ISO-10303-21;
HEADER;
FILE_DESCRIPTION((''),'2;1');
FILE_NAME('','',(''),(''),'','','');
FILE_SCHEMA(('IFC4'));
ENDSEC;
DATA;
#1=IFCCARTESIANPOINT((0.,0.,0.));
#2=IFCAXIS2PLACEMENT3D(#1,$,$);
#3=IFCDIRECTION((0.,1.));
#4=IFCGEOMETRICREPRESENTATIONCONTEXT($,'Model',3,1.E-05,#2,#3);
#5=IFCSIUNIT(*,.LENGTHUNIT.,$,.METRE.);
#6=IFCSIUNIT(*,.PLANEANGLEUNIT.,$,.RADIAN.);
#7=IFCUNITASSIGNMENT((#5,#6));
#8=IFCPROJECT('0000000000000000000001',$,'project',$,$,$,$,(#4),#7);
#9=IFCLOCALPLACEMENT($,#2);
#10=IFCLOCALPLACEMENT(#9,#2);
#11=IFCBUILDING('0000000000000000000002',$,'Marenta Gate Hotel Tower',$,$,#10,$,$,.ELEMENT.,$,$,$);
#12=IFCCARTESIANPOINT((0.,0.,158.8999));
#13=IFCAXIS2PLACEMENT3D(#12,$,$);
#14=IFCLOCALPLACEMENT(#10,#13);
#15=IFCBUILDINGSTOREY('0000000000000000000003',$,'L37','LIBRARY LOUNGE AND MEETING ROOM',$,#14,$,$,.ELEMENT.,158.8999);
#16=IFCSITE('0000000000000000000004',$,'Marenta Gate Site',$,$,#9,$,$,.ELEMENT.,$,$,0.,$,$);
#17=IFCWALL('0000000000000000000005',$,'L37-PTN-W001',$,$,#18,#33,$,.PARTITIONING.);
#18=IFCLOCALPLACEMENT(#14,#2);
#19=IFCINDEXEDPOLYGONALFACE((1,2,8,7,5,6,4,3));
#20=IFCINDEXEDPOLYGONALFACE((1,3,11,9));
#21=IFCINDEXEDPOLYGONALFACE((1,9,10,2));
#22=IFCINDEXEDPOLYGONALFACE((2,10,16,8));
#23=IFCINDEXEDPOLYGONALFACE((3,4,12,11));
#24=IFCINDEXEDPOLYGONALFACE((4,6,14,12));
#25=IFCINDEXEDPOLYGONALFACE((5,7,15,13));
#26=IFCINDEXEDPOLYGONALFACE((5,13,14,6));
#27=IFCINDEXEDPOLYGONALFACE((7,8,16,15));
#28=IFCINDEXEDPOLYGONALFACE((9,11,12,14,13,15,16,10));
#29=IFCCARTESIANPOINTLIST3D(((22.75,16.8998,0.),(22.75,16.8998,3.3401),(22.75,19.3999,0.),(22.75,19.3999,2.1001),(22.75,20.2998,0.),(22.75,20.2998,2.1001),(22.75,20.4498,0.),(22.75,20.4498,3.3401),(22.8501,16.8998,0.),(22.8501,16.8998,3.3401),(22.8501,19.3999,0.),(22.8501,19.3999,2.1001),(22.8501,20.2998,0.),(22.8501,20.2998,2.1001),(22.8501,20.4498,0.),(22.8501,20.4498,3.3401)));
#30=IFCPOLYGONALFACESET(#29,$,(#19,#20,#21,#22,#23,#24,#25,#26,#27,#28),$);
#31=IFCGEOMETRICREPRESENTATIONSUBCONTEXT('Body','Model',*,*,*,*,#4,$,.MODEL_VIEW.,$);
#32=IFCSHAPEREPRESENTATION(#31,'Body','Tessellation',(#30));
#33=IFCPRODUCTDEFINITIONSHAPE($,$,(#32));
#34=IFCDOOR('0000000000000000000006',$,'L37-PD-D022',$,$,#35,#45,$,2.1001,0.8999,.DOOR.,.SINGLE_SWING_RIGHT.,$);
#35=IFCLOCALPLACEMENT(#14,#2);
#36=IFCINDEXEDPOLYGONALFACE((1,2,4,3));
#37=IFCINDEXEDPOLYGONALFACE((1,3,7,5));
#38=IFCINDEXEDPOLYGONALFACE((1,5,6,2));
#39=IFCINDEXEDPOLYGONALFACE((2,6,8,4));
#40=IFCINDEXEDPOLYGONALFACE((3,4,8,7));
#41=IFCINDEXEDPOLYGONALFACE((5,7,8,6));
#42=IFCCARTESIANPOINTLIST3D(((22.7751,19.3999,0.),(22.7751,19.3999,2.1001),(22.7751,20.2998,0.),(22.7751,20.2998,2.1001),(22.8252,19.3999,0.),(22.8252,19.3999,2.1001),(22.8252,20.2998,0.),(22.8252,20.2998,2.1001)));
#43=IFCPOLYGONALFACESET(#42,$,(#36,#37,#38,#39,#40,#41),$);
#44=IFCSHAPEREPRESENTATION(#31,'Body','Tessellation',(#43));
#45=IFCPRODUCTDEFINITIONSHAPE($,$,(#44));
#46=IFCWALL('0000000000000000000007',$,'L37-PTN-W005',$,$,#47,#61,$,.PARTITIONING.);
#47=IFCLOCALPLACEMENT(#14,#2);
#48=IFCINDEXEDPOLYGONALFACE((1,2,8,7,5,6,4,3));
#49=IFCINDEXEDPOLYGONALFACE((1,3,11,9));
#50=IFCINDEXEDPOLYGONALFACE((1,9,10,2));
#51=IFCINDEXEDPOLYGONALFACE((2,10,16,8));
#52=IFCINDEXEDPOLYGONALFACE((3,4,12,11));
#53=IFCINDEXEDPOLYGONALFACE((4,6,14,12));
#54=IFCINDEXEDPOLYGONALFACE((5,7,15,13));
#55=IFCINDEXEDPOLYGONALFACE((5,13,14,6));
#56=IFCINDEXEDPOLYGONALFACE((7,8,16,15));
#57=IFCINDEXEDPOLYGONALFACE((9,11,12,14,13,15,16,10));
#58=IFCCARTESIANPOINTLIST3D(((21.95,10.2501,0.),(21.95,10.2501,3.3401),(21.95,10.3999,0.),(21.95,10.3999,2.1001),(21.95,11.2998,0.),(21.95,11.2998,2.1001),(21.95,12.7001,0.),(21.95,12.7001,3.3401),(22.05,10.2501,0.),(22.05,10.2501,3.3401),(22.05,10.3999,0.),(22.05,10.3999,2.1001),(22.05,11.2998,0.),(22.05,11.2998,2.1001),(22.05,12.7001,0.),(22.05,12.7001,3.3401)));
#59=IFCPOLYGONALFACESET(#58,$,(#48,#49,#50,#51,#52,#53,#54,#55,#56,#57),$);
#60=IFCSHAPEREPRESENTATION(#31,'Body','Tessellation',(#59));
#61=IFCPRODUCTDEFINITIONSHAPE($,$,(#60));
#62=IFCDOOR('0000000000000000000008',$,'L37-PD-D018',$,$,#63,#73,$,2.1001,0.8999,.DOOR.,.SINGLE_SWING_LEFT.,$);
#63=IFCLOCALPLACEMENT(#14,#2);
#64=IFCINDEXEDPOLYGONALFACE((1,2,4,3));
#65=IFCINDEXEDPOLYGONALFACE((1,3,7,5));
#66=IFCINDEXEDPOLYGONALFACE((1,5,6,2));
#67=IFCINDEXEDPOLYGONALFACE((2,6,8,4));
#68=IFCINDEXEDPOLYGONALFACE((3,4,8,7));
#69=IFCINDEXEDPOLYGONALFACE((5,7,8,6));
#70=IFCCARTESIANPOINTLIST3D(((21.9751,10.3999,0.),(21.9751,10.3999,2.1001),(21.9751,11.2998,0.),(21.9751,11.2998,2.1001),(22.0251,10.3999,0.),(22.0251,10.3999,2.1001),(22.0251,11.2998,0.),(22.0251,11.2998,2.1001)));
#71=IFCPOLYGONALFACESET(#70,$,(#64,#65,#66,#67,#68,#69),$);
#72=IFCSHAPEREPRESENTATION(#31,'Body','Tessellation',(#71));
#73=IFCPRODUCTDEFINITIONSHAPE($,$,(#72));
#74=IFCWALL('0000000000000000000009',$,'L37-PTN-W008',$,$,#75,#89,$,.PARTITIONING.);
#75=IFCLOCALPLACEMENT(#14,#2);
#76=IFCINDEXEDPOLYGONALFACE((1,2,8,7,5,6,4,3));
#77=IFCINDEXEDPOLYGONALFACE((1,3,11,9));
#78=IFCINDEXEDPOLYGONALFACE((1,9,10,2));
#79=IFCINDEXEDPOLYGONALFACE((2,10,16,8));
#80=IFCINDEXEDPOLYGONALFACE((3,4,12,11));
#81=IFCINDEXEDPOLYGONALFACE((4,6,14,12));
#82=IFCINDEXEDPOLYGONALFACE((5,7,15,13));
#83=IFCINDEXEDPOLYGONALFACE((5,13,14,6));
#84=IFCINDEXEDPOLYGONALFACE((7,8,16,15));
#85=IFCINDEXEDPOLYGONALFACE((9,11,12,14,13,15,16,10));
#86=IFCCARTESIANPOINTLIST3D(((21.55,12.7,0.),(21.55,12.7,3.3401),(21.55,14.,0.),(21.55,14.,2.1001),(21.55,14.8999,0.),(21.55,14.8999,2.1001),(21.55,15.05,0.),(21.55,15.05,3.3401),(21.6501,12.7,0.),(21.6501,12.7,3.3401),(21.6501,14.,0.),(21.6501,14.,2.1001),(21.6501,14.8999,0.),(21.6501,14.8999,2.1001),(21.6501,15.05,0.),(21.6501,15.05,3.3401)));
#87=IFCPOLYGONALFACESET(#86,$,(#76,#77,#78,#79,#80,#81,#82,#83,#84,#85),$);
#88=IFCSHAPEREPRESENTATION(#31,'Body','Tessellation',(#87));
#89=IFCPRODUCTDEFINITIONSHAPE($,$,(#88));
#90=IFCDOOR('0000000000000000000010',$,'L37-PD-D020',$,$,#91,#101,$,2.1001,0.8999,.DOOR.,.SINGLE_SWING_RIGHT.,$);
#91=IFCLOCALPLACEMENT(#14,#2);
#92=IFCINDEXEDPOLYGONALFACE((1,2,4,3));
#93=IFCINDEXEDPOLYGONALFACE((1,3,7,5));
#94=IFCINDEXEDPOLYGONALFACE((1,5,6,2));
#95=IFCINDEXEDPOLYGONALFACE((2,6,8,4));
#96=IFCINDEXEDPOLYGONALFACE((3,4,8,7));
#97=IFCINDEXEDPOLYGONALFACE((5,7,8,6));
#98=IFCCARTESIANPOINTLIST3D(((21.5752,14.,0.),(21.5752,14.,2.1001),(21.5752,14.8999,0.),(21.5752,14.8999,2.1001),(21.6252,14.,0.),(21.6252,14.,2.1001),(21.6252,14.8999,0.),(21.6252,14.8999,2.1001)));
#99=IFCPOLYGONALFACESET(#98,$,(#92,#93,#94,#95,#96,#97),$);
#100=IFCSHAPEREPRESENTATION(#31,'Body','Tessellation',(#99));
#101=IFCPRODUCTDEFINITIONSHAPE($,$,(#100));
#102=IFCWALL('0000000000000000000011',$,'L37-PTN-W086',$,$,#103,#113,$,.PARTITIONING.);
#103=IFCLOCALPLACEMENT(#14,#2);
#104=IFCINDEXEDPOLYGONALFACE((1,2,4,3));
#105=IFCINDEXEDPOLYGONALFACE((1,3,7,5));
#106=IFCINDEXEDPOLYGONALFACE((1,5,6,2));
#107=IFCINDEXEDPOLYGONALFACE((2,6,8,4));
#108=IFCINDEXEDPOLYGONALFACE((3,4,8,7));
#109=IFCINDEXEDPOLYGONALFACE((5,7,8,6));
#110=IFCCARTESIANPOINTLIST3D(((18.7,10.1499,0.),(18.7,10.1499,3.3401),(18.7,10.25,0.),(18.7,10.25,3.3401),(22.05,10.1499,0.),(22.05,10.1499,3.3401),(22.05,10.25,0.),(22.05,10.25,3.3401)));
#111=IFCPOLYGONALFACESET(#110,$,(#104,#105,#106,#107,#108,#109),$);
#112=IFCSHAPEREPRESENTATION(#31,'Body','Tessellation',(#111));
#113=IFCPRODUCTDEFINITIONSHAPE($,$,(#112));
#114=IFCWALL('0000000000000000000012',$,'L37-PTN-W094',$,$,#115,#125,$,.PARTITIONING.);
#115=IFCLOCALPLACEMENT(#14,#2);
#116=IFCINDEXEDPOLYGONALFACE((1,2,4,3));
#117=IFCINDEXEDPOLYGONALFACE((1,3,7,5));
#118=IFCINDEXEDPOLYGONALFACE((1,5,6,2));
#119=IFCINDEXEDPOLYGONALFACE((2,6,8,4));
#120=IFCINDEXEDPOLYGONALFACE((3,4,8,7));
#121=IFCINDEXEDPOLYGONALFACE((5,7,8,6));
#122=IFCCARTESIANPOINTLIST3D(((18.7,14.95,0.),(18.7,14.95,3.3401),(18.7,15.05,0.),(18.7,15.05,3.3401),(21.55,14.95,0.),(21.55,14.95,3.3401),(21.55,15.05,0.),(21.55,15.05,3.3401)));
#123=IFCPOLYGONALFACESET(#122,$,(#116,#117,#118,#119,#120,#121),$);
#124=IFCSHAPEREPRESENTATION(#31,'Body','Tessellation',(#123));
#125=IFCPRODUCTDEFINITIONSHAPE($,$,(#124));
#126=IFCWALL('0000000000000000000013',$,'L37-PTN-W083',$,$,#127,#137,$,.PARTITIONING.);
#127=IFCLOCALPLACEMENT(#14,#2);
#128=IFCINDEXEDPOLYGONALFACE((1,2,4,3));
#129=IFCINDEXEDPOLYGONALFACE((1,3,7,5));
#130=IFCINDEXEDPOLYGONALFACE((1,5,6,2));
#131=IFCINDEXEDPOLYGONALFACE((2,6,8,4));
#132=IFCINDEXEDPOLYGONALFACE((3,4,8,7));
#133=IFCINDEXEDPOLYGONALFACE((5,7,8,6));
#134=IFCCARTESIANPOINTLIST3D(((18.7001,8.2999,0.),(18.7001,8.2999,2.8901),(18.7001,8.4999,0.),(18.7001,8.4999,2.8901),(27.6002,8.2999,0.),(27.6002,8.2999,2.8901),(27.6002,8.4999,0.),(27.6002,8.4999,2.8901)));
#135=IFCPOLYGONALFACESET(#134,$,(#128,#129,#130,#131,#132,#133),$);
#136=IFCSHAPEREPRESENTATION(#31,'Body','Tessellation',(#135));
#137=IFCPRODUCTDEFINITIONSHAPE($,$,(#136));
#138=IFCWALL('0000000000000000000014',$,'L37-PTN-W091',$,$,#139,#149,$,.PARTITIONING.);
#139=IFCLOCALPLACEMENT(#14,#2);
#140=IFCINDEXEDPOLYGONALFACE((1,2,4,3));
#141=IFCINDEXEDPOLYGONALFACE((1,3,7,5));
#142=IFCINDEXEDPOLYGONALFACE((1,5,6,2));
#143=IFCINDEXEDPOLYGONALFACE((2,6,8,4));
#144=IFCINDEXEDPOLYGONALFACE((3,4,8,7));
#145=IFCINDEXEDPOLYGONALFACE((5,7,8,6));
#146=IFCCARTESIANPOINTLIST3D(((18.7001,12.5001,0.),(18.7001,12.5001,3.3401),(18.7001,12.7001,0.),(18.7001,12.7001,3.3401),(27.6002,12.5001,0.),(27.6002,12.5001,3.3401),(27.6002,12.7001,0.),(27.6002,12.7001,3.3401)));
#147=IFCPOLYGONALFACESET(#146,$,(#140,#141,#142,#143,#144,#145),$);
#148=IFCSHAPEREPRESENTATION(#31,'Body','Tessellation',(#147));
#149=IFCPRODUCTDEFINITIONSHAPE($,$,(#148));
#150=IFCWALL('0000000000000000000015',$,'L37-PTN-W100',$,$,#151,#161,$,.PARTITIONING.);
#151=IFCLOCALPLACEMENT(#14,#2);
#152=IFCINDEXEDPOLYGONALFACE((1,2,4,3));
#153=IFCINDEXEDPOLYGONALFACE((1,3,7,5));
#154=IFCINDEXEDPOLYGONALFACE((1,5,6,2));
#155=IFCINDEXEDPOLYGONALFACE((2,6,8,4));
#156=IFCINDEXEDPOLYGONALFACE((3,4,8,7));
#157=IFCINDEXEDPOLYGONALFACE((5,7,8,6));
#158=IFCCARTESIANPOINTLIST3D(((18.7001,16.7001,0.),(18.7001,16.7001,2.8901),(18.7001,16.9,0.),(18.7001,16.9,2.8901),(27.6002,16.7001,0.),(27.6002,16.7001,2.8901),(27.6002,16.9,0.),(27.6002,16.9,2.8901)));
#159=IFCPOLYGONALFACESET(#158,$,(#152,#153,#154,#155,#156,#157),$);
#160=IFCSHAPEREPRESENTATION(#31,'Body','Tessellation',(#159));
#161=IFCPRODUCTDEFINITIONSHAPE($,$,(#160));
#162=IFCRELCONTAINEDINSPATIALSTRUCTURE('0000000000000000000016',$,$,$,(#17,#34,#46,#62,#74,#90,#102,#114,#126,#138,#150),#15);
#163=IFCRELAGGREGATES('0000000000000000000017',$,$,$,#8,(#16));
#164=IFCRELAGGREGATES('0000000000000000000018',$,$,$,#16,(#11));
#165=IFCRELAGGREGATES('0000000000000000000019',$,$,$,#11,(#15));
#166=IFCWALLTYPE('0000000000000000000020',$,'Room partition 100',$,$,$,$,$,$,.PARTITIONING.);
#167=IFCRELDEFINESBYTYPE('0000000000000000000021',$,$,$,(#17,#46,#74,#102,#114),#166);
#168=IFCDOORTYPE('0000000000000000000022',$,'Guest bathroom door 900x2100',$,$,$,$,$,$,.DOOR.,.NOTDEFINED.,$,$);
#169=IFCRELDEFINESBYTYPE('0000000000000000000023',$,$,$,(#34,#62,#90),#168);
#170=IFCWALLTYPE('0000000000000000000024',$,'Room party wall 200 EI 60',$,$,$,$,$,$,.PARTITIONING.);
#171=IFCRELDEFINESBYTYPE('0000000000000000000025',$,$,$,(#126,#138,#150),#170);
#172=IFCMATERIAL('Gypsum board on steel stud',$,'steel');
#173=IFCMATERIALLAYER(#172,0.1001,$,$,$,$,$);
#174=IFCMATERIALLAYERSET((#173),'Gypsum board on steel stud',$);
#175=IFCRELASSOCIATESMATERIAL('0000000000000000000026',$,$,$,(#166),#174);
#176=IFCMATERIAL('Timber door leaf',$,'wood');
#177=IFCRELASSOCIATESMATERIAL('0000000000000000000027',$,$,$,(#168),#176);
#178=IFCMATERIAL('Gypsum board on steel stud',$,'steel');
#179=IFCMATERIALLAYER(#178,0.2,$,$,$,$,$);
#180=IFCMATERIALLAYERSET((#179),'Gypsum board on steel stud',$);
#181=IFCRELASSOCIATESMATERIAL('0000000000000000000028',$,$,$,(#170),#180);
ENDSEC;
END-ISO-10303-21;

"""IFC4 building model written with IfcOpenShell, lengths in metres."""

from ifc_helpers import new_model, si_unit, direction, frame, frame_2d, origin, place, context, subcontext, project, spatial, rectangle, extrude, material, layer, layer_set, type_object, element, fill, save


model = new_model("IFC4")

# Units and contexts
model_context = context("Model", 3, precision=1e-05, world=origin(), true_north=direction((0.0, 1.0)))
body_context = subcontext(model_context, "Body", "Model", "MODEL_VIEW")
ifc_project = project(units=[si_unit("LENGTHUNIT", "METRE"), si_unit("PLANEANGLEUNIT", "RADIAN")], contexts=[model_context])

# Site, building, storey
site_placement = place(None, origin())
site = spatial("IfcSite", under=ifc_project, at=site_placement, Name="Marenta Gate Site", CompositionType="ELEMENT", RefElevation=0.0)
building_placement = place(site_placement, origin())
building = spatial("IfcBuilding", under=site, at=building_placement, Name="Marenta Gate Hotel Tower", CompositionType="ELEMENT")
storey_placement = place(building_placement, frame((0.0, 0.0, 158.8999)))
storey = spatial("IfcBuildingStorey", under=building, at=storey_placement, Name="L37", Description="LIBRARY LOUNGE AND MEETING ROOM", CompositionType="ELEMENT", Elevation=158.8999)

# Walls, openings, doors
ifc_material_1 = material(Name="Gypsum board on steel stud", Category="steel")
ifc_layer_1 = layer(ifc_material_1, 0.1001)
ifc_layer_set_1 = layer_set([ifc_layer_1], Name="Gypsum board on steel stud")
wall_type_1 = type_object("IfcWallType", Name="Room partition 100", PredefinedType="PARTITIONING", material=ifc_layer_set_1)
wall_1_placement = place(storey_placement, frame((22.8, 16.8999, 0.0), z_axis=(0.0, 0.0, 1.0), x_axis=(0.0, 1.0, 0.0)))
wall_1 = element("IfcWall", 1, at=wall_1_placement, inside=storey, type_object=wall_type_1, Name="L37-PTN-W001", PredefinedType="PARTITIONING", context=body_context, shape_type="SweptSolid", body=[
    extrude(rectangle(XDim=3.55, YDim=0.1001, at=frame_2d((1.7749, 0.0))), origin(), (0.0, 0.0, 1.0), 3.3401),
])
opening_1_placement = place(wall_1_placement, frame((2.5, 0.0, 0.0)))
opening_1 = element("IfcOpeningElement", 2, at=opening_1_placement, cuts=wall_1, PredefinedType="OPENING", context=body_context, shape_type="SweptSolid", body=[
    extrude(rectangle(XDim=0.8999, YDim=2.1001, at=frame_2d((0.45, 1.05))), frame((0.0, 0.05, 0.0), z_axis=(0.0, -1.0, 0.0), x_axis=(1.0, 0.0, 0.0)), (0.0, 0.0, 1.0), 0.1001),
])
ifc_material_2 = material(Name="Timber door leaf", Category="wood")
door_type = type_object("IfcDoorType", Name="Guest bathroom door 900x2100", OperationType="NOTDEFINED", PredefinedType="DOOR", material=ifc_material_2)
door_1_placement = place(opening_1_placement, origin())
door_1 = element("IfcDoor", 3, at=door_1_placement, inside=storey, type_object=door_type, Name="L37-PD-D022", OperationType="SINGLE_SWING_RIGHT", OverallHeight=2.1001, OverallWidth=0.8999, PredefinedType="DOOR", context=body_context, shape_type="SweptSolid", body=[
    extrude(rectangle(XDim=0.8999, YDim=2.1001, at=frame_2d((0.45, 1.05))), frame((0.0, 0.0249, 0.0), z_axis=(0.0, -1.0, 0.0), x_axis=(1.0, 0.0, 0.0)), (0.0, 0.0, 1.0), 0.05),
])
fill(opening_1, door_1)
wall_2_placement = place(storey_placement, frame((22.0, 10.25, 0.0), z_axis=(0.0, 0.0, 1.0), x_axis=(0.0, 1.0, 0.0)))
wall_2 = element("IfcWall", 4, at=wall_2_placement, inside=storey, type_object=wall_type_1, Name="L37-PTN-W005", PredefinedType="PARTITIONING", context=body_context, shape_type="SweptSolid", body=[
    extrude(rectangle(XDim=2.45, YDim=0.1001, at=frame_2d((1.2251, 0.0))), origin(), (0.0, 0.0, 1.0), 3.3401),
])
opening_2_placement = place(wall_2_placement, frame((0.1499, 0.0, 0.0)))
opening_2 = element("IfcOpeningElement", 5, at=opening_2_placement, cuts=wall_2, PredefinedType="OPENING", context=body_context, shape_type="SweptSolid", body=[
    extrude(rectangle(XDim=0.8999, YDim=2.1001, at=frame_2d((0.45, 1.05))), frame((0.0, 0.05, 0.0), z_axis=(0.0, -1.0, 0.0), x_axis=(1.0, 0.0, 0.0)), (0.0, 0.0, 1.0), 0.1001),
])
door_2_placement = place(opening_2_placement, origin())
door_2 = element("IfcDoor", 6, at=door_2_placement, inside=storey, type_object=door_type, Name="L37-PD-D018", OperationType="SINGLE_SWING_LEFT", OverallHeight=2.1001, OverallWidth=0.8999, PredefinedType="DOOR", context=body_context, shape_type="SweptSolid", body=[
    extrude(rectangle(XDim=0.8999, YDim=2.1001, at=frame_2d((0.45, 1.05))), frame((0.0, 0.0249, 0.0), z_axis=(0.0, -1.0, 0.0), x_axis=(1.0, 0.0, 0.0)), (0.0, 0.0, 1.0), 0.05),
])
fill(opening_2, door_2)
wall_3_placement = place(storey_placement, frame((21.6001, 12.7, 0.0), z_axis=(0.0, 0.0, 1.0), x_axis=(0.0, 1.0, 0.0)))
wall_3 = element("IfcWall", 7, at=wall_3_placement, inside=storey, type_object=wall_type_1, Name="L37-PTN-W008", PredefinedType="PARTITIONING", context=body_context, shape_type="SweptSolid", body=[
    extrude(rectangle(XDim=2.3501, YDim=0.1001, at=frame_2d((1.175, 0.0))), origin(), (0.0, 0.0, 1.0), 3.3401),
])
opening_3_placement = place(wall_3_placement, frame((1.3, 0.0, 0.0)))
opening_3 = element("IfcOpeningElement", 8, at=opening_3_placement, cuts=wall_3, PredefinedType="OPENING", context=body_context, shape_type="SweptSolid", body=[
    extrude(rectangle(XDim=0.8999, YDim=2.1001, at=frame_2d((0.45, 1.05))), frame((0.0, 0.05, 0.0), z_axis=(0.0, -1.0, 0.0), x_axis=(1.0, 0.0, 0.0)), (0.0, 0.0, 1.0), 0.1001),
])
door_3_placement = place(opening_3_placement, origin())
door_3 = element("IfcDoor", 9, at=door_3_placement, inside=storey, type_object=door_type, Name="L37-PD-D020", OperationType="SINGLE_SWING_RIGHT", OverallHeight=2.1001, OverallWidth=0.8999, PredefinedType="DOOR", context=body_context, shape_type="SweptSolid", body=[
    extrude(rectangle(XDim=0.8999, YDim=2.1001, at=frame_2d((0.45, 1.05))), frame((0.0, 0.0249, 0.0), z_axis=(0.0, -1.0, 0.0), x_axis=(1.0, 0.0, 0.0)), (0.0, 0.0, 1.0), 0.05),
])
fill(opening_3, door_3)

# Walls
wall_4_placement = place(storey_placement, frame((18.7, 10.2, 0.0), z_axis=(0.0, 0.0, 1.0), x_axis=(1.0, 0.0, 0.0)))
element("IfcWall", 10, at=wall_4_placement, inside=storey, type_object=wall_type_1, Name="L37-PTN-W086", PredefinedType="PARTITIONING", context=body_context, shape_type="SweptSolid", body=[
    extrude(rectangle(XDim=3.3501, YDim=0.1001, at=frame_2d((1.675, 0.0))), origin(), (0.0, 0.0, 1.0), 3.3401),
])
wall_5_placement = place(storey_placement, frame((18.7, 15.0, 0.0), z_axis=(0.0, 0.0, 1.0), x_axis=(1.0, 0.0, 0.0)))
element("IfcWall", 11, at=wall_5_placement, inside=storey, type_object=wall_type_1, Name="L37-PTN-W094", PredefinedType="PARTITIONING", context=body_context, shape_type="SweptSolid", body=[
    extrude(rectangle(XDim=2.8501, YDim=0.1001, at=frame_2d((1.425, 0.0))), origin(), (0.0, 0.0, 1.0), 3.3401),
])
ifc_material_3 = material(Name="Gypsum board on steel stud", Category="steel")
ifc_layer_2 = layer(ifc_material_3, 0.2)
ifc_layer_set_2 = layer_set([ifc_layer_2], Name="Gypsum board on steel stud")
wall_type_2 = type_object("IfcWallType", Name="Room party wall 200 EI 60", PredefinedType="PARTITIONING", material=ifc_layer_set_2)
wall_6_placement = place(storey_placement, frame((18.7, 8.3999, 0.0), z_axis=(0.0, 0.0, 1.0), x_axis=(1.0, 0.0, 0.0)))
element("IfcWall", 12, at=wall_6_placement, inside=storey, type_object=wall_type_2, Name="L37-PTN-W083", PredefinedType="PARTITIONING", context=body_context, shape_type="SweptSolid", body=[
    extrude(rectangle(XDim=8.9001, YDim=0.2, at=frame_2d((4.4502, 0.0))), origin(), (0.0, 0.0, 1.0), 2.8901),
])
wall_7_placement = place(storey_placement, frame((18.7, 12.6001, 0.0), z_axis=(0.0, 0.0, 1.0), x_axis=(1.0, 0.0, 0.0)))
element("IfcWall", 13, at=wall_7_placement, inside=storey, type_object=wall_type_2, Name="L37-PTN-W091", PredefinedType="PARTITIONING", context=body_context, shape_type="SweptSolid", body=[
    extrude(rectangle(XDim=8.9001, YDim=0.2, at=frame_2d((4.4502, 0.0))), origin(), (0.0, 0.0, 1.0), 3.3401),
])
wall_8_placement = place(storey_placement, frame((18.7, 16.8, 0.0), z_axis=(0.0, 0.0, 1.0), x_axis=(1.0, 0.0, 0.0)))
element("IfcWall", 14, at=wall_8_placement, inside=storey, type_object=wall_type_2, Name="L37-PTN-W100", PredefinedType="PARTITIONING", context=body_context, shape_type="SweptSolid", body=[
    extrude(rectangle(XDim=8.9001, YDim=0.2, at=frame_2d((4.4502, 0.0))), origin(), (0.0, 0.0, 1.0), 2.8901),
])

save(model, "model.ifc")
